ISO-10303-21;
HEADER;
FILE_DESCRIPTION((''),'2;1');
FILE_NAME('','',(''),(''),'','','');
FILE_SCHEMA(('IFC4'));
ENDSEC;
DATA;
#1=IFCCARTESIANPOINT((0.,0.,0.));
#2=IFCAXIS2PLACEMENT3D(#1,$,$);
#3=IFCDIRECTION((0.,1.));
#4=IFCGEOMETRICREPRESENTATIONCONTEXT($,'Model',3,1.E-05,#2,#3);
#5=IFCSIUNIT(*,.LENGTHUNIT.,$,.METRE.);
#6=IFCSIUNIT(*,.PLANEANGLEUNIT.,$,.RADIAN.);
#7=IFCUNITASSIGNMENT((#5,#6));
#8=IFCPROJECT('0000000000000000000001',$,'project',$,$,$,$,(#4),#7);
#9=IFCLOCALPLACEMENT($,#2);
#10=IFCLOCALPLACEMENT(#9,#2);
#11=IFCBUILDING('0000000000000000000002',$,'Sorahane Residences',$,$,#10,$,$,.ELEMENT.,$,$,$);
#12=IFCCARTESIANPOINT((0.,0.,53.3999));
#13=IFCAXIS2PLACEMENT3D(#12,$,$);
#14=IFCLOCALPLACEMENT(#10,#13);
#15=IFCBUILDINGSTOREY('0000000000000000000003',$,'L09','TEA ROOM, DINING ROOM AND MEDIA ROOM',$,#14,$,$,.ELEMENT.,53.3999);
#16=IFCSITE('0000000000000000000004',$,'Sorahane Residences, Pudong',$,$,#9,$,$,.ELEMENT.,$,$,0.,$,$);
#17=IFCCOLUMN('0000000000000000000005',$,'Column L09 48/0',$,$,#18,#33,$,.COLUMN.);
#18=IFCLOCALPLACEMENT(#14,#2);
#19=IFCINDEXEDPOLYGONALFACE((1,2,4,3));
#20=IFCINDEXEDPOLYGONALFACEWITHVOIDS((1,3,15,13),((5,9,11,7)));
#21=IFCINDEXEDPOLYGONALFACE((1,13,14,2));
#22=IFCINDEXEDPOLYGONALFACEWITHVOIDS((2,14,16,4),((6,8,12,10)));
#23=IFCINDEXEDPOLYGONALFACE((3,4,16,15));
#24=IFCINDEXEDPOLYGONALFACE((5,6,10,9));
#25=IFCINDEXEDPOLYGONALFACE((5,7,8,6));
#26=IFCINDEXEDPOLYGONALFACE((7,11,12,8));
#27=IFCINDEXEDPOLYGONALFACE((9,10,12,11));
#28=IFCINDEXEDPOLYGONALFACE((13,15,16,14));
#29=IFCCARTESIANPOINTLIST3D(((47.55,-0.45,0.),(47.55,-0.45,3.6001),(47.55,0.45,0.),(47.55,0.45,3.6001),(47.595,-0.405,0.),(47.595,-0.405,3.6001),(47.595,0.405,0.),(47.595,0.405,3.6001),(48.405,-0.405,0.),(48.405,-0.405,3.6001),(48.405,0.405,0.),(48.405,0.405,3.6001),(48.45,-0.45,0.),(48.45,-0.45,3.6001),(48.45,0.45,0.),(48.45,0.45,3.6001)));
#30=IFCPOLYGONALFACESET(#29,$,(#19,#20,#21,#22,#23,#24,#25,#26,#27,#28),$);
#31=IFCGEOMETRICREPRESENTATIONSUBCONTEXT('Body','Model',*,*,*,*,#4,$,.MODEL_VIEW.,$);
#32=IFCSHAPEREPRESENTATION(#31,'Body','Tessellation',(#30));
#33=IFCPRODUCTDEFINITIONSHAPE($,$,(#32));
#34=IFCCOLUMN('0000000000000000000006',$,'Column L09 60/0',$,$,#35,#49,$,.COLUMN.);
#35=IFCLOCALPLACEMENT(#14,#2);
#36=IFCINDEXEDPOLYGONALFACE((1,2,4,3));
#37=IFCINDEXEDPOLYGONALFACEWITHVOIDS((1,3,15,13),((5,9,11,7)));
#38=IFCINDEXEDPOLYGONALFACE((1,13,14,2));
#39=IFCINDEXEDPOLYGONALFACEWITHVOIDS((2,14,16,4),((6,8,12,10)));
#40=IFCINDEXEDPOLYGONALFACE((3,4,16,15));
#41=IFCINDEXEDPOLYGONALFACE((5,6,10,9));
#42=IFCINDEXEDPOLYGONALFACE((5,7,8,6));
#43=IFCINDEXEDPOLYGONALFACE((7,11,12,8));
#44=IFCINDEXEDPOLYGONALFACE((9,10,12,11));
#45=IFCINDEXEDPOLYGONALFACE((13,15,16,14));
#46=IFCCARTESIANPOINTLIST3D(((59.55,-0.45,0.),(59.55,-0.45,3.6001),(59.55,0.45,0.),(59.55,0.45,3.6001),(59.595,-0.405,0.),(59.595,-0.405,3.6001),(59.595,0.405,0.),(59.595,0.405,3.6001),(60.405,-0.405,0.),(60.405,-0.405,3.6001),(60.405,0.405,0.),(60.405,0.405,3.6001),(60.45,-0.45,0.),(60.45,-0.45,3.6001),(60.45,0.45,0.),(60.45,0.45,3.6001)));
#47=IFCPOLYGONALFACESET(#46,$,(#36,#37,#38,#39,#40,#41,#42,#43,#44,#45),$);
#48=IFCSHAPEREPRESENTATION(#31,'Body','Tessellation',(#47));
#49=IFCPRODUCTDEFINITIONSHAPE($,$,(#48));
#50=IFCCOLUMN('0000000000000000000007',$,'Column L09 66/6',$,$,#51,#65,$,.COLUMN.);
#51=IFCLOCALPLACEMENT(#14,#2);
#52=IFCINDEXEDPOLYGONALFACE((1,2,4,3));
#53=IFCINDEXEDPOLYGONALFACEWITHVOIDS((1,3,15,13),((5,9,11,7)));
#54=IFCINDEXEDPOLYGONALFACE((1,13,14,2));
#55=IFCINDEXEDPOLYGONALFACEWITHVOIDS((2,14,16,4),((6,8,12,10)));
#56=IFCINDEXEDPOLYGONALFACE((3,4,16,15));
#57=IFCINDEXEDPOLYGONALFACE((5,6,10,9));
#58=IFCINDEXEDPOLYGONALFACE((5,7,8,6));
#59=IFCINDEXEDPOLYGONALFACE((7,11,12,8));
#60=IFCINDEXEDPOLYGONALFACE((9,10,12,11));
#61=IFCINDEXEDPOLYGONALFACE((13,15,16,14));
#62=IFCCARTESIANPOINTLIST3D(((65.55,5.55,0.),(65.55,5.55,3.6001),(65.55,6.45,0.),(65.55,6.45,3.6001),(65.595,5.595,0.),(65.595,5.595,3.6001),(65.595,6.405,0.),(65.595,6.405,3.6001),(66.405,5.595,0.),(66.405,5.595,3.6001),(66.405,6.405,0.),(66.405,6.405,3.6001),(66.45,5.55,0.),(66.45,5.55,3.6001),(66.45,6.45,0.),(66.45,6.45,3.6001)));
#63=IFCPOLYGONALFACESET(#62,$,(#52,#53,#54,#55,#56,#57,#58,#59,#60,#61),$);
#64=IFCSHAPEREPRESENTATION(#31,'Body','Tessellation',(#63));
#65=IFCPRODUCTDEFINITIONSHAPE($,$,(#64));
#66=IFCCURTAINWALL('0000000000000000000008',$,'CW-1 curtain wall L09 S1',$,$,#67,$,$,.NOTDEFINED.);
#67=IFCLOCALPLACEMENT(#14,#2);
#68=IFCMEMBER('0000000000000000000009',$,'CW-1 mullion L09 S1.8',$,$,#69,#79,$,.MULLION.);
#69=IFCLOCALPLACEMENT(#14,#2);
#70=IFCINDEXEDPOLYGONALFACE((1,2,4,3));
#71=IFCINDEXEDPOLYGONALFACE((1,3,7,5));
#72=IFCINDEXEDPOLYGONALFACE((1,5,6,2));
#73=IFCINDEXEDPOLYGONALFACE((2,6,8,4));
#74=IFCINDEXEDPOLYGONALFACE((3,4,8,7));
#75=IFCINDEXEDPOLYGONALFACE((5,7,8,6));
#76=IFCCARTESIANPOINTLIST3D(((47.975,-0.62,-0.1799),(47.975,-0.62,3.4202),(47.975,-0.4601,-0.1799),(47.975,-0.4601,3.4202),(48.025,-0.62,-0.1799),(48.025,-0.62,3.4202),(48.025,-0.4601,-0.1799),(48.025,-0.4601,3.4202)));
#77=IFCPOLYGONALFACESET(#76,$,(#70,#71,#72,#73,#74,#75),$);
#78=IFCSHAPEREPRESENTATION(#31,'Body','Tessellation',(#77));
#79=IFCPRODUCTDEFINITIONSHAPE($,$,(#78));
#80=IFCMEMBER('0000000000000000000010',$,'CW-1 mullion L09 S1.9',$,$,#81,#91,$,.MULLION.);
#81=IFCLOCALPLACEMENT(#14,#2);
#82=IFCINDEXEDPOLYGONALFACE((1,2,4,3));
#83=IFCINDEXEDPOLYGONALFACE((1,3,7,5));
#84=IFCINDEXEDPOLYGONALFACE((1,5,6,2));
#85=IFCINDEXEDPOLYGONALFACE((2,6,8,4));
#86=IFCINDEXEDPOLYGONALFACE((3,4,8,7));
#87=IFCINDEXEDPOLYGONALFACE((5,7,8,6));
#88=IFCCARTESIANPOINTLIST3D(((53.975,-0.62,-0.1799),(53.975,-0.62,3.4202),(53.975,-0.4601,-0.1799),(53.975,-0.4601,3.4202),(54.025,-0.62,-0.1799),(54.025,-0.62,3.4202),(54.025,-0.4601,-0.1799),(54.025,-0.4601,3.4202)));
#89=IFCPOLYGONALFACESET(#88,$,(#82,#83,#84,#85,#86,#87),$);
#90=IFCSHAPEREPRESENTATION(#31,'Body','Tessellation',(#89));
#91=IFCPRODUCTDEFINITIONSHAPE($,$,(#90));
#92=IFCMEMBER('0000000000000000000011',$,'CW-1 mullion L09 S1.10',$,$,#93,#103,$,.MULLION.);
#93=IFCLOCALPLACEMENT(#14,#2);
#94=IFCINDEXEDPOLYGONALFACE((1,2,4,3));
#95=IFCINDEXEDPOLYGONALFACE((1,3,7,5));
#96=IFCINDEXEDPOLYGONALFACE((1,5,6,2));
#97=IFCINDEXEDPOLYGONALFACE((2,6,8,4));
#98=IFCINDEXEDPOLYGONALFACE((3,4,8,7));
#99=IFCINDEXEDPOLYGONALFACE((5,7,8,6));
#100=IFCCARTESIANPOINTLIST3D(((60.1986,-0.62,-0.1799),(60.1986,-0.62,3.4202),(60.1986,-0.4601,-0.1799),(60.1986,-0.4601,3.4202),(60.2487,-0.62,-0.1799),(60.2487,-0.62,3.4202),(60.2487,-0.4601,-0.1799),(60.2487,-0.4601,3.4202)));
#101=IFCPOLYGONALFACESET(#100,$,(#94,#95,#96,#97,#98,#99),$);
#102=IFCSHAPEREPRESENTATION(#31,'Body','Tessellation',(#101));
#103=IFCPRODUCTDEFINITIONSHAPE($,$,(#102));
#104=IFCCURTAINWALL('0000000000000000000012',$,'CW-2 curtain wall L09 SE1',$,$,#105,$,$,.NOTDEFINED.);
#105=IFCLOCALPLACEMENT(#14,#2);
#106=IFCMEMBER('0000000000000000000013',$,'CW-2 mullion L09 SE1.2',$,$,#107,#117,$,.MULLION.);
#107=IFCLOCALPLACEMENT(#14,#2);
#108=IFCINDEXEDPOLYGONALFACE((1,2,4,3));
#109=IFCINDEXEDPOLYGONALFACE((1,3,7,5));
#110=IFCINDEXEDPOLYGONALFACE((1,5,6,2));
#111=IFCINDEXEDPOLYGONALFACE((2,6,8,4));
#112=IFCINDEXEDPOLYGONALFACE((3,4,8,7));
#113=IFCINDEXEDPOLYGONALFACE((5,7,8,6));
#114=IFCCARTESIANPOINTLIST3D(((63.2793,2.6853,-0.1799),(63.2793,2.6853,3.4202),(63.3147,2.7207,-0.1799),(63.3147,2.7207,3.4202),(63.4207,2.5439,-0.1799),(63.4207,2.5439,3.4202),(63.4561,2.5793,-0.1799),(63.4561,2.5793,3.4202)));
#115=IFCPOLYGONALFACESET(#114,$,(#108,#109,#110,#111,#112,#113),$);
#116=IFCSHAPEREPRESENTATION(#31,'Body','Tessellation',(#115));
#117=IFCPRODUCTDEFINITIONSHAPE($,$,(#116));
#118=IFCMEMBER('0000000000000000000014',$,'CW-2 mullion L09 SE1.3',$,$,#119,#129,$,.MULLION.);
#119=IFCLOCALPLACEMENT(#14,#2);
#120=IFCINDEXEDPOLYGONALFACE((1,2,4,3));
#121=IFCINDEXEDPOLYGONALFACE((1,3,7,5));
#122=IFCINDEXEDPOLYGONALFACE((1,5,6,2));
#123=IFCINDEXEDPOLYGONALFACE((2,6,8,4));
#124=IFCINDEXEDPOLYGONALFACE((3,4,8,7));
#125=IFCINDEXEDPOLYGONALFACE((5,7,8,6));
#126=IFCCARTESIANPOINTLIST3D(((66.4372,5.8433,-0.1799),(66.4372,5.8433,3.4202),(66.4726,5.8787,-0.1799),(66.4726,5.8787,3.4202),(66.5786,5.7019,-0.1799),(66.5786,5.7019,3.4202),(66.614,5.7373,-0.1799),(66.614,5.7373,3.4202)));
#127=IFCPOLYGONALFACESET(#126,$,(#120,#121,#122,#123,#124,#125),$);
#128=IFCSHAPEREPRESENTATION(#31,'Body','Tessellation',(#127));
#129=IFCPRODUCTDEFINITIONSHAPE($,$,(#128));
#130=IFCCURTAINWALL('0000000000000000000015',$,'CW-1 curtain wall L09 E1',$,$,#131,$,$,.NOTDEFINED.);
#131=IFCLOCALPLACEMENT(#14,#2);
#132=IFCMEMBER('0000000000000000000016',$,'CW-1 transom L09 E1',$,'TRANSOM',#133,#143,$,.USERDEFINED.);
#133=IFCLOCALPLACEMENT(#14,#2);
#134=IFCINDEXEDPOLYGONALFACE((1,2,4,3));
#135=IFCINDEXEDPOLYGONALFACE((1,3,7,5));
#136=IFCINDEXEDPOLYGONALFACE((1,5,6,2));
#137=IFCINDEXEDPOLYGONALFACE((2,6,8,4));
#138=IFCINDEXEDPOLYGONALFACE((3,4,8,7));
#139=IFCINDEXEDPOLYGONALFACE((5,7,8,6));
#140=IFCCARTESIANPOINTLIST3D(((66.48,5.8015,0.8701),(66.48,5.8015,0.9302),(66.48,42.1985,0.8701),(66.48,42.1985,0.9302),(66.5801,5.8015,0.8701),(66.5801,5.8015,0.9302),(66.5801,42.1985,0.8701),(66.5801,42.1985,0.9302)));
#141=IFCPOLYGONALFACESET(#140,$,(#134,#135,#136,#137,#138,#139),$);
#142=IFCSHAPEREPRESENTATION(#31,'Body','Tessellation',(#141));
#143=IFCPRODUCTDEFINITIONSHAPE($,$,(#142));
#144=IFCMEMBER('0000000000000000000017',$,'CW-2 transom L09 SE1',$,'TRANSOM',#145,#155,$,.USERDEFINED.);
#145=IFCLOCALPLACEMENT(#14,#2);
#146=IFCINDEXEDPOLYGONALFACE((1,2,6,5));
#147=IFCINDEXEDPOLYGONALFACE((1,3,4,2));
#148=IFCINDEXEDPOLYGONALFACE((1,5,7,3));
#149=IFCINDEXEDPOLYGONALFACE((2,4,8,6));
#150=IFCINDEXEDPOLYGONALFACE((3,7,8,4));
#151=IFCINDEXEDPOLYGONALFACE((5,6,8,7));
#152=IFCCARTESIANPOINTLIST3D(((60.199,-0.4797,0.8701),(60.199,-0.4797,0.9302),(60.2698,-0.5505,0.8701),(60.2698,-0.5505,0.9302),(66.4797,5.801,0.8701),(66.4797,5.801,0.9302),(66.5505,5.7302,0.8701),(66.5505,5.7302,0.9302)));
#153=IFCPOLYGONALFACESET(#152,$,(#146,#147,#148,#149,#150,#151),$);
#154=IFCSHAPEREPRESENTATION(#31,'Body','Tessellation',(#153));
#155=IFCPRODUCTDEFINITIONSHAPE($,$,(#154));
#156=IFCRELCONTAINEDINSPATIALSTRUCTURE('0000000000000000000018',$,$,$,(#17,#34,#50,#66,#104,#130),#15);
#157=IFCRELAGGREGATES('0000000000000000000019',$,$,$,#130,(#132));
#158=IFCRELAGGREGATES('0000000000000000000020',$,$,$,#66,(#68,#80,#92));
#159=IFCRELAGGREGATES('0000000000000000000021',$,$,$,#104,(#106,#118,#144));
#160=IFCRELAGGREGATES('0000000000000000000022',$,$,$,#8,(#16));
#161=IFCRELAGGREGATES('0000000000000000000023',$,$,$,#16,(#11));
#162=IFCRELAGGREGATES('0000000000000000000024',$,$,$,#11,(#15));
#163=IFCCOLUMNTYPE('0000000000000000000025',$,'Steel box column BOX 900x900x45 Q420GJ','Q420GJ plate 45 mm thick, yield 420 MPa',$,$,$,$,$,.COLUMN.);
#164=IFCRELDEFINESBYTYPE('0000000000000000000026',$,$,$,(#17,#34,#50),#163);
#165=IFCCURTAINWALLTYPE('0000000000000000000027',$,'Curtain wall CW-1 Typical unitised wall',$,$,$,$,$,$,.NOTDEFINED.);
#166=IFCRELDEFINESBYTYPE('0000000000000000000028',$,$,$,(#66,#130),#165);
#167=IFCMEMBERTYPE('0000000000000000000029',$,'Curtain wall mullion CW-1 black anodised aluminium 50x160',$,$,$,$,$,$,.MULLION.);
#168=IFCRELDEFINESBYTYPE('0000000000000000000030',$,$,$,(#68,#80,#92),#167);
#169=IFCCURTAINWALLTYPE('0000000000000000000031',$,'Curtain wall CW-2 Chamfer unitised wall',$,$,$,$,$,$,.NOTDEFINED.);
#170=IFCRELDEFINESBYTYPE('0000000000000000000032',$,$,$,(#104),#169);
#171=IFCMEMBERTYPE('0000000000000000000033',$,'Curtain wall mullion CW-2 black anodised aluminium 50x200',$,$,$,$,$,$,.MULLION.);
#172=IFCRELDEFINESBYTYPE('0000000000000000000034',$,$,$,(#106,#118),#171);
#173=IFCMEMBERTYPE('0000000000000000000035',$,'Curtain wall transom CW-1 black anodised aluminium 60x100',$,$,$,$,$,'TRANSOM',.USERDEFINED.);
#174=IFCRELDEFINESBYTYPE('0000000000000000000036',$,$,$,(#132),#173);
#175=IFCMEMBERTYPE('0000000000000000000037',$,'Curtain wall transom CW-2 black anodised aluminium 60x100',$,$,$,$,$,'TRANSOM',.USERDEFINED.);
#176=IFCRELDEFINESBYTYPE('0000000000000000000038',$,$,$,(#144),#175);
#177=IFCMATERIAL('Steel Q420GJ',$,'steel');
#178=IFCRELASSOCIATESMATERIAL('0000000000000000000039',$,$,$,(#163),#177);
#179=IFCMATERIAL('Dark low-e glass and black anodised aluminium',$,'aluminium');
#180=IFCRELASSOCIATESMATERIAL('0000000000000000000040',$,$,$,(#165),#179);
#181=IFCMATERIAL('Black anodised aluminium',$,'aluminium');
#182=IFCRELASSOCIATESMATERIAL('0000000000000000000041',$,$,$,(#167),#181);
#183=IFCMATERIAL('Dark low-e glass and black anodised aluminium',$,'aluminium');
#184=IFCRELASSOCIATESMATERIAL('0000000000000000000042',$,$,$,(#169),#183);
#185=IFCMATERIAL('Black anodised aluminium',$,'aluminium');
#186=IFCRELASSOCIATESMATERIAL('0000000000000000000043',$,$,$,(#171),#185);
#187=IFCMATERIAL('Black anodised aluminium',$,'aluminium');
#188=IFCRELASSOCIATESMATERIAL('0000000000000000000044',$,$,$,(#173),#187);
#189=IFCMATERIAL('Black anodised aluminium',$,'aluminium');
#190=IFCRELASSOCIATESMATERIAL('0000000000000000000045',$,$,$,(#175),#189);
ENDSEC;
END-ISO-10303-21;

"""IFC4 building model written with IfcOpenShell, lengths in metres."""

from ifc_helpers import new_model, si_unit, direction, frame, origin, origin_2d, place, context, subcontext, project, spatial, rectangle, hollow_rectangle, extrude, material, material_profile, profile_set, type_object, element, aggregate, save


model = new_model("IFC4")

# Units and contexts
model_context = context("Model", 3, precision=1e-05, world=origin(), true_north=direction((0.0, 1.0)))
body_context = subcontext(model_context, "Body", "Model", "MODEL_VIEW")
ifc_project = project(units=[si_unit("LENGTHUNIT", "METRE"), si_unit("PLANEANGLEUNIT", "RADIAN")], contexts=[model_context])

# Site, building, storey
site_placement = place(None, origin())
site = spatial("IfcSite", under=ifc_project, at=site_placement, Name="Sorahane Residences, Pudong", CompositionType="ELEMENT", RefElevation=0.0)
building_placement = place(site_placement, origin())
building = spatial("IfcBuilding", under=site, at=building_placement, Name="Sorahane Residences", CompositionType="ELEMENT")
storey_placement = place(building_placement, frame((0.0, 0.0, 53.3999)))
storey = spatial("IfcBuildingStorey", under=building, at=storey_placement, Name="L09", Description="TEA ROOM, DINING ROOM AND MEDIA ROOM", CompositionType="ELEMENT", Elevation=53.3999)

# Columns
ifc_material_1 = material(Name="Steel Q420GJ", Category="steel")
ifc_material_profile_1 = material_profile(ifc_material_1, hollow_rectangle(XDim=0.8999, YDim=0.8999, WallThickness=0.0449, at=origin_2d()), Name="BOX 900x900x45")
ifc_profile_set_1 = profile_set([ifc_material_profile_1], Name="Steel Q420GJ")
column_type = type_object("IfcColumnType", Name="Steel box column BOX 900x900x45 Q420GJ", Description="Q420GJ plate 45 mm thick, yield 420 MPa", PredefinedType="COLUMN", material=ifc_profile_set_1)
for number, where, z_axis, x_axis, name in (
    (1, (48.0, 0.0, 0.0), (0.0, 0.0, 1.0), (1.0, 0.0, 0.0), "Column L09 48/0"),
    (2, (60.0, 0.0, 0.0), (0.0, 0.0, 1.0), (1.0, 0.0, 0.0), "Column L09 60/0"),
    (3, (66.0, 6.0, 0.0), (0.0, 0.0, 1.0), (1.0, 0.0, 0.0), "Column L09 66/6"),
):
    element("IfcColumn", number, at=place(storey_placement, frame(where, z_axis=z_axis, x_axis=x_axis)), inside=storey, type_object=column_type, Name=name, PredefinedType="COLUMN", context=body_context, shape_type="SweptSolid", body=[
        extrude(hollow_rectangle(XDim=0.8999, YDim=0.8999, WallThickness=0.0449, at=origin_2d()), origin(), (0.0, 0.0, 1.0), 3.6001),
    ])

# Curtain walls, members
ifc_material_2 = material(Name="Dark low-e glass and black anodised aluminium", Category="aluminium")
curtain_wall_type_1 = type_object("IfcCurtainWallType", Name="Curtain wall CW-1 Typical unitised wall", PredefinedType="NOTDEFINED", material=ifc_material_2)
curtain_wall_1_placement = place(storey_placement, origin())
curtain_wall_1 = element("IfcCurtainWall", 4, at=curtain_wall_1_placement, inside=storey, type_object=curtain_wall_type_1, Name="CW-1 curtain wall L09 S1", PredefinedType="NOTDEFINED")
ifc_material_3 = material(Name="Black anodised aluminium", Category="aluminium")
ifc_material_profile_2 = material_profile(ifc_material_3, rectangle(XDim=0.1599, YDim=0.05, at=origin_2d()), Name="Curtain wall mullion CW-1 black anodised aluminium 50x160")
ifc_profile_set_2 = profile_set([ifc_material_profile_2], Name="Black anodised aluminium")
member_type_1 = type_object("IfcMemberType", Name="Curtain wall mullion CW-1 black anodised aluminium 50x160", PredefinedType="MULLION", material=ifc_profile_set_2)
member_1_placement = place(storey_placement, frame((48.0, -0.54, -0.1799), z_axis=(0.0, 0.0, 1.0), x_axis=(0.0, -1.0, 0.0)))
member_1 = element("IfcMember", 5, at=member_1_placement, type_object=member_type_1, Name="CW-1 mullion L09 S1.8", PredefinedType="MULLION", context=body_context, shape_type="SweptSolid", body=[
    extrude(rectangle(XDim=0.1599, YDim=0.05, at=origin_2d()), origin(), (0.0, 0.0, 1.0), 3.6001),
])
member_2_placement = place(storey_placement, frame((54.0, -0.54, -0.1799), z_axis=(0.0, 0.0, 1.0), x_axis=(0.0, -1.0, 0.0)))
member_2 = element("IfcMember", 6, at=member_2_placement, type_object=member_type_1, Name="CW-1 mullion L09 S1.9", PredefinedType="MULLION", context=body_context, shape_type="SweptSolid", body=[
    extrude(rectangle(XDim=0.1599, YDim=0.05, at=origin_2d()), origin(), (0.0, 0.0, 1.0), 3.6001),
])
member_3_placement = place(storey_placement, frame((60.2236, -0.54, -0.1799), z_axis=(0.0, 0.0, 1.0), x_axis=(0.0, -1.0, 0.0)))
member_3 = element("IfcMember", 7, at=member_3_placement, type_object=member_type_1, Name="CW-1 mullion L09 S1.10", PredefinedType="MULLION", context=body_context, shape_type="SweptSolid", body=[
    extrude(rectangle(XDim=0.1599, YDim=0.05, at=origin_2d()), origin(), (0.0, 0.0, 1.0), 3.6001),
])
ifc_material_4 = material(Name="Dark low-e glass and black anodised aluminium", Category="aluminium")
curtain_wall_type_2 = type_object("IfcCurtainWallType", Name="Curtain wall CW-2 Chamfer unitised wall", PredefinedType="NOTDEFINED", material=ifc_material_4)
curtain_wall_2_placement = place(storey_placement, origin())
curtain_wall_2 = element("IfcCurtainWall", 8, at=curtain_wall_2_placement, inside=storey, type_object=curtain_wall_type_2, Name="CW-2 curtain wall L09 SE1", PredefinedType="NOTDEFINED")
ifc_material_5 = material(Name="Black anodised aluminium", Category="aluminium")
ifc_material_profile_3 = material_profile(ifc_material_5, rectangle(XDim=0.2, YDim=0.05, at=origin_2d()), Name="Curtain wall mullion CW-2 black anodised aluminium 50x200")
ifc_profile_set_3 = profile_set([ifc_material_profile_3], Name="Black anodised aluminium")
member_type_2 = type_object("IfcMemberType", Name="Curtain wall mullion CW-2 black anodised aluminium 50x200", PredefinedType="MULLION", material=ifc_profile_set_3)
member_4_placement = place(storey_placement, frame((63.3677, 2.6323, -0.1799), z_axis=(0.0, 0.0, 1.0), x_axis=(0.707107, -0.707107, 0.0)))
member_4 = element("IfcMember", 9, at=member_4_placement, type_object=member_type_2, Name="CW-2 mullion L09 SE1.2", PredefinedType="MULLION", context=body_context, shape_type="SweptSolid", body=[
    extrude(rectangle(XDim=0.2, YDim=0.05, at=origin_2d()), origin(), (0.0, 0.0, 1.0), 3.6001),
])
member_5_placement = place(storey_placement, frame((66.5256, 5.7903, -0.1799), z_axis=(0.0, 0.0, 1.0), x_axis=(0.707107, -0.707107, 0.0)))
member_5 = element("IfcMember", 10, at=member_5_placement, type_object=member_type_2, Name="CW-2 mullion L09 SE1.3", PredefinedType="MULLION", context=body_context, shape_type="SweptSolid", body=[
    extrude(rectangle(XDim=0.2, YDim=0.05, at=origin_2d()), origin(), (0.0, 0.0, 1.0), 3.6001),
])

# Curtain wall, member
curtain_wall_3_placement = place(storey_placement, origin())
curtain_wall_3 = element("IfcCurtainWall", 11, at=curtain_wall_3_placement, inside=storey, type_object=curtain_wall_type_1, Name="CW-1 curtain wall L09 E1", PredefinedType="NOTDEFINED")
ifc_material_6 = material(Name="Black anodised aluminium", Category="aluminium")
ifc_material_profile_4 = material_profile(ifc_material_6, rectangle(XDim=0.1001, YDim=0.0601, at=origin_2d()), Name="Curtain wall transom CW-1 black anodised aluminium 60x100")
ifc_profile_set_4 = profile_set([ifc_material_profile_4], Name="Black anodised aluminium")
member_type_3 = type_object("IfcMemberType", Name="Curtain wall transom CW-1 black anodised aluminium 60x100", ElementType="TRANSOM", PredefinedType="USERDEFINED", material=ifc_profile_set_4)
member_6_placement = place(storey_placement, frame((66.53, 5.8015, 0.9001), z_axis=(0.0, 1.0, 0.0), x_axis=(-1.0, 0.0, 0.0)))
member_6 = element("IfcMember", 12, at=member_6_placement, type_object=member_type_3, Name="CW-1 transom L09 E1", ObjectType="TRANSOM", PredefinedType="USERDEFINED", context=body_context, shape_type="SweptSolid", body=[
    extrude(rectangle(XDim=0.1001, YDim=0.0601, at=origin_2d()), origin(), (0.0, 0.0, 1.0), 36.397),
])
aggregate(curtain_wall_3, [member_6])

# Member
ifc_material_7 = material(Name="Black anodised aluminium", Category="aluminium")
ifc_material_profile_5 = material_profile(ifc_material_7, rectangle(XDim=0.1001, YDim=0.0601, at=origin_2d()), Name="Curtain wall transom CW-2 black anodised aluminium 60x100")
ifc_profile_set_5 = profile_set([ifc_material_profile_5], Name="Black anodised aluminium")
member_type_4 = type_object("IfcMemberType", Name="Curtain wall transom CW-2 black anodised aluminium 60x100", ElementType="TRANSOM", PredefinedType="USERDEFINED", material=ifc_profile_set_5)
member_7_placement = place(storey_placement, frame((60.2344, -0.5151, 0.9001), z_axis=(0.707107, 0.707107, 0.0), x_axis=(-0.707107, 0.707107, 0.0)))
member_7 = element("IfcMember", 13, at=member_7_placement, type_object=member_type_4, Name="CW-2 transom L09 SE1", ObjectType="TRANSOM", PredefinedType="USERDEFINED", context=body_context, shape_type="SweptSolid", body=[
    extrude(rectangle(XDim=0.1001, YDim=0.0601, at=origin_2d()), origin(), (0.0, 0.0, 1.0), 8.8823),
])

aggregate(curtain_wall_1, [member_1, member_2, member_3])
aggregate(curtain_wall_2, [member_4, member_5, member_7])

save(model, "model.ifc")
